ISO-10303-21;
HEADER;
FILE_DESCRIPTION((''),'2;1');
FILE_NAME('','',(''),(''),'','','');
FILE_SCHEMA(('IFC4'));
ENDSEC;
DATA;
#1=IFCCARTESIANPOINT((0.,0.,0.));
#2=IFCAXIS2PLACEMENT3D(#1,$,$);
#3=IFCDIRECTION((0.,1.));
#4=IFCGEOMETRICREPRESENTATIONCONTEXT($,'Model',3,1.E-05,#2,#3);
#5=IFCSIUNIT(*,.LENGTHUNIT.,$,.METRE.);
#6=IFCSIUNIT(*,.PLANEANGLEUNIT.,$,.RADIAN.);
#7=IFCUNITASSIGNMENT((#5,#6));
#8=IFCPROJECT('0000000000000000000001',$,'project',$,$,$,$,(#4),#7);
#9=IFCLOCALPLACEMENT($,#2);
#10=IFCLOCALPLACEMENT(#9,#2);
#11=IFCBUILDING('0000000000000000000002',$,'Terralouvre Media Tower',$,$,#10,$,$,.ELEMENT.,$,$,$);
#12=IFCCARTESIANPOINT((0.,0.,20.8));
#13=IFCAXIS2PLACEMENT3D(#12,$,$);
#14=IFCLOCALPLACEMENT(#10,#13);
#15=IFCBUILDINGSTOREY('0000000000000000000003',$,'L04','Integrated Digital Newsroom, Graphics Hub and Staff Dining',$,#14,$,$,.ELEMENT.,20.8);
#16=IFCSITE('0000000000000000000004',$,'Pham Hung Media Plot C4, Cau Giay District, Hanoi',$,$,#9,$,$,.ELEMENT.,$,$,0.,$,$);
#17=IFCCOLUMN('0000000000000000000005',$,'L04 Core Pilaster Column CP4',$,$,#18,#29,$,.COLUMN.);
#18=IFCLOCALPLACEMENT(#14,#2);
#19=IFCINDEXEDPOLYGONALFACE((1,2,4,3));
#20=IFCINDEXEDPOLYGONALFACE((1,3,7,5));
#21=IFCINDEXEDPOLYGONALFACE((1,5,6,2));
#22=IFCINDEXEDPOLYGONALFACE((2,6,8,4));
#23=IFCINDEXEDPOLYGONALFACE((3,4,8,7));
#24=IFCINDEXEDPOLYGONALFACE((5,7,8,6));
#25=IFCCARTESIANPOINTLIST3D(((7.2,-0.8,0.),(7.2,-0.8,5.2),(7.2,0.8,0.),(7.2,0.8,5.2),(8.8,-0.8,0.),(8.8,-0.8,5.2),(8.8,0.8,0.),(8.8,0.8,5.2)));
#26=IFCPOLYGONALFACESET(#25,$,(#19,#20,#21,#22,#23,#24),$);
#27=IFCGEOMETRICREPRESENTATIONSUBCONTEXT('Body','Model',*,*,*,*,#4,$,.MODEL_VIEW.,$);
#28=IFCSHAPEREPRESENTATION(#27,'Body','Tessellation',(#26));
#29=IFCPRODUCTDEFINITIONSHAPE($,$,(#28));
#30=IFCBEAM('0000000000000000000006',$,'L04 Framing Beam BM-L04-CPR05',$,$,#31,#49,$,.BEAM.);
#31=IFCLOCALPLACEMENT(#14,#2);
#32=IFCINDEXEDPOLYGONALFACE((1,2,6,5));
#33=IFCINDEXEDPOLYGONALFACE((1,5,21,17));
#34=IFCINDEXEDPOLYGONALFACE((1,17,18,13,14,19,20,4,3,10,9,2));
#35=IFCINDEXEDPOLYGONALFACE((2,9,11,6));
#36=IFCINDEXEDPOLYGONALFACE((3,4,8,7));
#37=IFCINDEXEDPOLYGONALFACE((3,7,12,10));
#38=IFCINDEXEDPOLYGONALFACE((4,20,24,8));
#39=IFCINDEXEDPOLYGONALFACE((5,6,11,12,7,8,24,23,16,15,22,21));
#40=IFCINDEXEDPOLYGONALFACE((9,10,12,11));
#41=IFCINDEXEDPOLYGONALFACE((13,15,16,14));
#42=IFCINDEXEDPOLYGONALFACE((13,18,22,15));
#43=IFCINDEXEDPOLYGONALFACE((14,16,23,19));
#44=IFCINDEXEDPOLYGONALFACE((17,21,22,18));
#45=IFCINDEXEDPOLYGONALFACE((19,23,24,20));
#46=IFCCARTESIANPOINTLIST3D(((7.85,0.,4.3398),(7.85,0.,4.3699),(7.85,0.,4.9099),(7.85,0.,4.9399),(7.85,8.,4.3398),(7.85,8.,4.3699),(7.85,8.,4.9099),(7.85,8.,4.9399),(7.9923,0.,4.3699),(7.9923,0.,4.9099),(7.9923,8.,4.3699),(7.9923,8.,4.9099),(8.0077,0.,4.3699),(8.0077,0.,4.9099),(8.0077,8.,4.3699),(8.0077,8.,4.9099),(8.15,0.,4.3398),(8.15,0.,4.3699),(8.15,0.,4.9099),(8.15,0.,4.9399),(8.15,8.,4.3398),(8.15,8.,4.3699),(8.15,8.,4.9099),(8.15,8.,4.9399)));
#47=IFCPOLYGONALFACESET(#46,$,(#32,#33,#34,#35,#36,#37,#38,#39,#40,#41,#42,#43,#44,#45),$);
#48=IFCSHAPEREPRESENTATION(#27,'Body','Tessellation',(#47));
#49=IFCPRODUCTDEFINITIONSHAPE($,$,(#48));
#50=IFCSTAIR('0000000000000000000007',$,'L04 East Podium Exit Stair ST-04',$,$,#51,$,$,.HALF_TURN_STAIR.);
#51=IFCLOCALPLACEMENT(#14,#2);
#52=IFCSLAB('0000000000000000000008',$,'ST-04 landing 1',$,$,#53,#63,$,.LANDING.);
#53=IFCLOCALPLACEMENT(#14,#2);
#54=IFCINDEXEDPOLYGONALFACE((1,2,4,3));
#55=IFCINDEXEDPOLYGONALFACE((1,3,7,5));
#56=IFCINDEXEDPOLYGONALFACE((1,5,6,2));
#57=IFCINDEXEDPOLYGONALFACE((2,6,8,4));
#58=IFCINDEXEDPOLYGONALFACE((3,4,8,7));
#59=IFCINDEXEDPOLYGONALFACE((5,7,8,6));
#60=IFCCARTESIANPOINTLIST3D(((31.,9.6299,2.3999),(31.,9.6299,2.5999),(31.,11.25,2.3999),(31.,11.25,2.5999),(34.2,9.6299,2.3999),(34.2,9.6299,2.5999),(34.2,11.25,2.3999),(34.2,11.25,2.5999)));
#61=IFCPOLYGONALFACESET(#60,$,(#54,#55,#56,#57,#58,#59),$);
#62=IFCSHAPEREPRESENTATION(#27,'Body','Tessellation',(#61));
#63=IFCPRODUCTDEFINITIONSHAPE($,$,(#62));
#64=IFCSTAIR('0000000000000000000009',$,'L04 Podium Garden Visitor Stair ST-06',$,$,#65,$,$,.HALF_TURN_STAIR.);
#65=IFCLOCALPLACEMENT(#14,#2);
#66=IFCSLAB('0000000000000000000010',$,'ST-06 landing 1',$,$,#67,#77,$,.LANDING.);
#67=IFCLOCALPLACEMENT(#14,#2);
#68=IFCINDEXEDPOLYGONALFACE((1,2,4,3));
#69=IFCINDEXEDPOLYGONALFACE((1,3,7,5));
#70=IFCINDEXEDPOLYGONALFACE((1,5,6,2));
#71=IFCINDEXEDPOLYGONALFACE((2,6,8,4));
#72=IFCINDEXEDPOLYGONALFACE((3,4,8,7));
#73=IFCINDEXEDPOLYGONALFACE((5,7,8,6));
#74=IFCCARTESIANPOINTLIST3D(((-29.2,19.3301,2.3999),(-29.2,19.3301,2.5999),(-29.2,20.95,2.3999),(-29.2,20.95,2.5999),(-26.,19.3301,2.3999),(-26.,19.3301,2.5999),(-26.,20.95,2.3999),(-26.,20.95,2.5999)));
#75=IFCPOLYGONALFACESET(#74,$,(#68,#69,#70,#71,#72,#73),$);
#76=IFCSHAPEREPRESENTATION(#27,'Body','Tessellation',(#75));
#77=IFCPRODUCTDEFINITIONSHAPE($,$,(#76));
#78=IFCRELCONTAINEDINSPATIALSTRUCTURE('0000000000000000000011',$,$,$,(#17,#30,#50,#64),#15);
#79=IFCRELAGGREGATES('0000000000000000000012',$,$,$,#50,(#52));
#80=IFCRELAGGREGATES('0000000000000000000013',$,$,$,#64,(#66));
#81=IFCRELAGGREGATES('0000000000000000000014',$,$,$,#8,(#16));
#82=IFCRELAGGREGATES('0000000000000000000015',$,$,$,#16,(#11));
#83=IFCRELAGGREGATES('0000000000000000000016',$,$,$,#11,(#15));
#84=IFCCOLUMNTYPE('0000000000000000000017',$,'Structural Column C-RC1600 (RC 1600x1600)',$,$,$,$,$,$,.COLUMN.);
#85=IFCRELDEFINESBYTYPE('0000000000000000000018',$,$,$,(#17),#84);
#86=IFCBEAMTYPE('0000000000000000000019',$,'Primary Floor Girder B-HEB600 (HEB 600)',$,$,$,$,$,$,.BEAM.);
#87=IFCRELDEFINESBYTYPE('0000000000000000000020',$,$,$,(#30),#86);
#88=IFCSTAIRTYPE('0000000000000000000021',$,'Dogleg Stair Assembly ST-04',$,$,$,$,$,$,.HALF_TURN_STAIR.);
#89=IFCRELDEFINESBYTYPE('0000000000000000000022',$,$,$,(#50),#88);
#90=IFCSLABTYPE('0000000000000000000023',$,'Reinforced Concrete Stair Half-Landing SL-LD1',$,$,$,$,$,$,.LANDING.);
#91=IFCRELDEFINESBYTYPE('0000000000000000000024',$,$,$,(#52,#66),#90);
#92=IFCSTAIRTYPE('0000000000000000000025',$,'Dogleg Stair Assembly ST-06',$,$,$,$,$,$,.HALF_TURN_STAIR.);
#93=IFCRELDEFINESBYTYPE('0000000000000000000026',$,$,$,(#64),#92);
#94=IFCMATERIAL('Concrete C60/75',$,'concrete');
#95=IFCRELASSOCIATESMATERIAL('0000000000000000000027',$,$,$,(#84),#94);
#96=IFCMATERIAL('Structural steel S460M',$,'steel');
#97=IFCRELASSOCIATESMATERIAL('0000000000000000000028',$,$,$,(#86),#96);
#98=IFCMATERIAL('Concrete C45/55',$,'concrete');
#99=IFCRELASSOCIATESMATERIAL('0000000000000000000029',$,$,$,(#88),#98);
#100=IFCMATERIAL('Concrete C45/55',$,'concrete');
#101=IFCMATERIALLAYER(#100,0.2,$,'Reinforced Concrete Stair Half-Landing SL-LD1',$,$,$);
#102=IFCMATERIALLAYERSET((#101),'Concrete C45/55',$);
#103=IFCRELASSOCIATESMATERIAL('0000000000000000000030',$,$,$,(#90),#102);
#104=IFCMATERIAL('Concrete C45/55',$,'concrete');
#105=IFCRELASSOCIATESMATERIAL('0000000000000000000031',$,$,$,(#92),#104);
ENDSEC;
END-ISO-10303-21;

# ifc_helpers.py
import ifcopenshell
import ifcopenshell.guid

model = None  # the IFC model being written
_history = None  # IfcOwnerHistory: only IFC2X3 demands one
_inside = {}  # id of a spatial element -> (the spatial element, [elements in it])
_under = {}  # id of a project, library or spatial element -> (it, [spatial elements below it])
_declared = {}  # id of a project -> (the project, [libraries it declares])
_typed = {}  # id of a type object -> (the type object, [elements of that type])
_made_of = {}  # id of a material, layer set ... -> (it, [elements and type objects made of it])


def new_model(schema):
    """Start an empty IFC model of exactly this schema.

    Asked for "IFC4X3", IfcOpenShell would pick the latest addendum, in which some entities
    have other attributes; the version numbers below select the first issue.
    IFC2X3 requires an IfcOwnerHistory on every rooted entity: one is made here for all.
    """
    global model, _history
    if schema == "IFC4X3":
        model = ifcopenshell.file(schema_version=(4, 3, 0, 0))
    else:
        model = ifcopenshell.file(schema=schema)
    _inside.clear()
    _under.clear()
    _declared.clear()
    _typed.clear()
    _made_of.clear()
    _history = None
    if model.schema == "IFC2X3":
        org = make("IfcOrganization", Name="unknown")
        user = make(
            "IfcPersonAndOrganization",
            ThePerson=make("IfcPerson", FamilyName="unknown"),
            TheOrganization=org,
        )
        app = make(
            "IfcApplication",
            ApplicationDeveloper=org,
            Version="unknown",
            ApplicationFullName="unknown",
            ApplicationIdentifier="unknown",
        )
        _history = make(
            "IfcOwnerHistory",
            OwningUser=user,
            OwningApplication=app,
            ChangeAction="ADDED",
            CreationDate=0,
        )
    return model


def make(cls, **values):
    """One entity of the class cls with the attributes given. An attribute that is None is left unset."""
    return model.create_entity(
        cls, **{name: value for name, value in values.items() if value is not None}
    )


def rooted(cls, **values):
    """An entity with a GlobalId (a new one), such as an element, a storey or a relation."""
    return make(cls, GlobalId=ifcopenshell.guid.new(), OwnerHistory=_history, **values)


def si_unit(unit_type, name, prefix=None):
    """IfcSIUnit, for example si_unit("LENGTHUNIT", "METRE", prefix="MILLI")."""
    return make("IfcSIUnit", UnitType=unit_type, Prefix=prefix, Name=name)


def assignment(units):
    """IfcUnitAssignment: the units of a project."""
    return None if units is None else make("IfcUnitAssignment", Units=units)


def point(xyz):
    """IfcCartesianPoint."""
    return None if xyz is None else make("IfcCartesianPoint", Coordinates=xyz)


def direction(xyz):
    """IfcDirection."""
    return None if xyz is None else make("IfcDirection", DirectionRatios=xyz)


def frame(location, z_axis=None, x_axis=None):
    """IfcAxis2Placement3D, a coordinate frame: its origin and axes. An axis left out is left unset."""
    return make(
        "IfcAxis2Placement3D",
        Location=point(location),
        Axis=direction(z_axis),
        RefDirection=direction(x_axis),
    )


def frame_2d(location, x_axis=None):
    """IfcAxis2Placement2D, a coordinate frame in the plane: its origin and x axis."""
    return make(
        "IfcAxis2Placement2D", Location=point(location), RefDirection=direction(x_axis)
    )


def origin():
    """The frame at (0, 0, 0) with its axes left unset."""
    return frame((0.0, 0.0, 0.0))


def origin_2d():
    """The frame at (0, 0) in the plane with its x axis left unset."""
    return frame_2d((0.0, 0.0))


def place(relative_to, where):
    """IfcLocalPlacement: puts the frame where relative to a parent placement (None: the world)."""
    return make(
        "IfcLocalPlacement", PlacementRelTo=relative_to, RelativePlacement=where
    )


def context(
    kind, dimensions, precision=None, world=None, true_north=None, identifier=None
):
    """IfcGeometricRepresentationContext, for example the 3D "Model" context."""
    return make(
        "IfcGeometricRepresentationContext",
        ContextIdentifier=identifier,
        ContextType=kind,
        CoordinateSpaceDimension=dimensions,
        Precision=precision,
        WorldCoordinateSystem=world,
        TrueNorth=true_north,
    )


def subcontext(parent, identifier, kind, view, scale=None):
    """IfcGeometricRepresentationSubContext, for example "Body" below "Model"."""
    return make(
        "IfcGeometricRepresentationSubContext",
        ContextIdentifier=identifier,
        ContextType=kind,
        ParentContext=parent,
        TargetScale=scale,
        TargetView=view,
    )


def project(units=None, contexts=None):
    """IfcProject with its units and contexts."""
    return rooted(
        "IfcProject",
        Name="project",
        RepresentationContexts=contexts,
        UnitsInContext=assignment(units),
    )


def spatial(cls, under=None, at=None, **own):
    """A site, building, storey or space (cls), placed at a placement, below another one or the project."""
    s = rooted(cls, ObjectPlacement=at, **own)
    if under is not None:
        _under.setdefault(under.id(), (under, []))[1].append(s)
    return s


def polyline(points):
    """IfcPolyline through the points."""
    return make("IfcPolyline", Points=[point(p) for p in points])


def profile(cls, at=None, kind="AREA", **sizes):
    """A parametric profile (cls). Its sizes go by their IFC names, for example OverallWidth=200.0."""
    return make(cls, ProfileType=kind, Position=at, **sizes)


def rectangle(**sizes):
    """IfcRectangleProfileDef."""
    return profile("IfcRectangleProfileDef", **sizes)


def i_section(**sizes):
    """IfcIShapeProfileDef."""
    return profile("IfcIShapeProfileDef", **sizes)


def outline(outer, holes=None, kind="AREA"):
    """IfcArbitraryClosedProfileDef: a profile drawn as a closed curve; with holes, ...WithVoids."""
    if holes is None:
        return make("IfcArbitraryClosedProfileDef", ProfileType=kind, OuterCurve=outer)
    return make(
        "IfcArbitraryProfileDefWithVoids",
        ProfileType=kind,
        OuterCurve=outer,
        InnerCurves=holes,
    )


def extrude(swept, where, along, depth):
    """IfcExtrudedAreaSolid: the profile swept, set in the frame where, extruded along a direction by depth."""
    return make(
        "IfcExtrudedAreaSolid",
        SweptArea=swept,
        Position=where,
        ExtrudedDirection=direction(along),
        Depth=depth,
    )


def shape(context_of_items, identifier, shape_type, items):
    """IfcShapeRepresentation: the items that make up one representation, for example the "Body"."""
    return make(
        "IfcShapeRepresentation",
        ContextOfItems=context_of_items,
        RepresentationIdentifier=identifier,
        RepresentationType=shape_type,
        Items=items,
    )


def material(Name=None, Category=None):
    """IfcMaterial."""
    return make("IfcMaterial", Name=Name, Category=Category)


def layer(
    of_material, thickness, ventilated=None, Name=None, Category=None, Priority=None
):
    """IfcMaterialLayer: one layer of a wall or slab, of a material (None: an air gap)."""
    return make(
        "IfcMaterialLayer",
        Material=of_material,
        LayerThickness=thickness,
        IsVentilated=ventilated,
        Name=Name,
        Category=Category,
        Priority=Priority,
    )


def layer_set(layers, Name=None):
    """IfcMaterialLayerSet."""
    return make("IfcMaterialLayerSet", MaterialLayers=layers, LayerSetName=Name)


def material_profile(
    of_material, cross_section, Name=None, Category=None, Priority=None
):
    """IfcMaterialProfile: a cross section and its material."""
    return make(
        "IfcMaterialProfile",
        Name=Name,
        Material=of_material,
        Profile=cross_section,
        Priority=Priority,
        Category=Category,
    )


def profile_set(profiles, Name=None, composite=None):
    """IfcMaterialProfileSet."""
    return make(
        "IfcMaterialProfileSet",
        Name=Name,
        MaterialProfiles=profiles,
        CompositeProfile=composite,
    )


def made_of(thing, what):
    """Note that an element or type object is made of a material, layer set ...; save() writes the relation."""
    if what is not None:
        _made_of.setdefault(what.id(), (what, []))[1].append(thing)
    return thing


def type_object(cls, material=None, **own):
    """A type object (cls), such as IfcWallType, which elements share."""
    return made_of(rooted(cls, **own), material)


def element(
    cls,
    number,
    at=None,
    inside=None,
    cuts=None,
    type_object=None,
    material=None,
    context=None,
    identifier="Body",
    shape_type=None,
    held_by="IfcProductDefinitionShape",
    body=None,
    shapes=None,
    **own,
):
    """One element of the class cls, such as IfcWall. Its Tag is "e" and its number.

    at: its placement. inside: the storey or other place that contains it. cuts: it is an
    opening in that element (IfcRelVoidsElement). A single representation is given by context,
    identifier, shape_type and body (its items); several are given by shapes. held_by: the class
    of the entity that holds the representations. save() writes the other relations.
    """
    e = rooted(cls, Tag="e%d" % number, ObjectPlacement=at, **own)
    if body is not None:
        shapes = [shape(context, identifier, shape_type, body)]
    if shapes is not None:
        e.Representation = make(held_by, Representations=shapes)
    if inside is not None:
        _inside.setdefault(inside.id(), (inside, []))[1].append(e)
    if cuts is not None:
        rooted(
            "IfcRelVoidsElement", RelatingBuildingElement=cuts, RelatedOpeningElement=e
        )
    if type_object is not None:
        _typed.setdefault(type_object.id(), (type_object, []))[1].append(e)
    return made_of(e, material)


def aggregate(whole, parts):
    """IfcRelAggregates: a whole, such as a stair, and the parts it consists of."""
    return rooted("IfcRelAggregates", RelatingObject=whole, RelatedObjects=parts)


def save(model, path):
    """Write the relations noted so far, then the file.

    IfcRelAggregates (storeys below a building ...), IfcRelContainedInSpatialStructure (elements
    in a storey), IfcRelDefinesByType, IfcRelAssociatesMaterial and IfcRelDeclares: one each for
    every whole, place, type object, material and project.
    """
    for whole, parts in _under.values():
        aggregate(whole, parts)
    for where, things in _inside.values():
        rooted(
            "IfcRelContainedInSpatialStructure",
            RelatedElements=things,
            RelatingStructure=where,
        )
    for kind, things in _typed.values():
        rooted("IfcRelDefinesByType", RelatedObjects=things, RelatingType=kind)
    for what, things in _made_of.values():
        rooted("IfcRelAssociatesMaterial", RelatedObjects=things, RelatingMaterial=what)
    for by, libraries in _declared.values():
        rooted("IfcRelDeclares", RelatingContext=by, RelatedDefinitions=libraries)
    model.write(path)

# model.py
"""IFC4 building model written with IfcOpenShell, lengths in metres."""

from ifc_helpers import new_model, si_unit, direction, frame, origin, origin_2d, place, context, subcontext, project, spatial, polyline, rectangle, i_section, outline, extrude, material, layer, layer_set, material_profile, profile_set, type_object, element, aggregate, save


model = new_model("IFC4")

# Units and contexts
model_context = context("Model", 3, precision=1e-05, world=origin(), true_north=direction((0.0, 1.0)))
body_context = subcontext(model_context, "Body", "Model", "MODEL_VIEW")
ifc_project = project(units=[si_unit("LENGTHUNIT", "METRE"), si_unit("PLANEANGLEUNIT", "RADIAN")], contexts=[model_context])

# Site, building, storey
site_placement = place(None, origin())
site = spatial("IfcSite", under=ifc_project, at=site_placement, Name="Pham Hung Media Plot C4, Cau Giay District, Hanoi", CompositionType="ELEMENT", RefElevation=0.0)
building_placement = place(site_placement, origin())
building = spatial("IfcBuilding", under=site, at=building_placement, Name="Terralouvre Media Tower", CompositionType="ELEMENT")
storey_placement = place(building_placement, frame((0.0, 0.0, 20.8)))
storey = spatial("IfcBuildingStorey", under=building, at=storey_placement, Name="L04", Description="Integrated Digital Newsroom, Graphics Hub and Staff Dining", CompositionType="ELEMENT", Elevation=20.8)

# Column
ifc_material_1 = material(Name="Concrete C60/75", Category="concrete")
ifc_material_profile_1 = material_profile(ifc_material_1, rectangle(XDim=1.6001, YDim=1.6001, at=origin_2d()), Name="RC 1600x1600")
ifc_profile_set_1 = profile_set([ifc_material_profile_1], Name="Concrete C60/75")
column_type = type_object("IfcColumnType", Name="Structural Column C-RC1600 (RC 1600x1600)", PredefinedType="COLUMN", material=ifc_profile_set_1)
column_placement = place(storey_placement, frame((8.0, 0.0, 0.0), z_axis=(0.0, 0.0, 1.0), x_axis=(1.0, 0.0, 0.0)))
element("IfcColumn", 1, at=column_placement, inside=storey, type_object=column_type, Name="L04 Core Pilaster Column CP4", PredefinedType="COLUMN", context=body_context, shape_type="SweptSolid", body=[
    extrude(rectangle(XDim=1.6001, YDim=1.6001, at=origin_2d()), origin(), (0.0, 0.0, 1.0), 5.2),
])

# Beam
ifc_material_2 = material(Name="Structural steel S460M", Category="steel")
ifc_material_profile_2 = material_profile(ifc_material_2, i_section(OverallWidth=0.3, OverallDepth=0.6001, WebThickness=0.0154, FlangeThickness=0.03, at=origin_2d()), Name="HEB 600")
ifc_profile_set_2 = profile_set([ifc_material_profile_2], Name="Structural steel S460M")
beam_type = type_object("IfcBeamType", Name="Primary Floor Girder B-HEB600 (HEB 600)", PredefinedType="BEAM", material=ifc_profile_set_2)
beam_placement = place(storey_placement, frame((8.0, 0.0, 4.6399), z_axis=(0.0, 1.0, 0.0), x_axis=(-1.0, 0.0, 0.0)))
element("IfcBeam", 2, at=beam_placement, inside=storey, type_object=beam_type, Name="L04 Framing Beam BM-L04-CPR05", PredefinedType="BEAM", context=body_context, shape_type="SweptSolid", body=[
    extrude(i_section(OverallWidth=0.3, OverallDepth=0.6001, WebThickness=0.0154, FlangeThickness=0.03, at=origin_2d()), origin(), (0.0, 0.0, 1.0), 8.0),
])

# Stairs, slabs
ifc_material_3 = material(Name="Concrete C45/55", Category="concrete")
stair_type_1 = type_object("IfcStairType", Name="Dogleg Stair Assembly ST-04", PredefinedType="HALF_TURN_STAIR", material=ifc_material_3)
stair_1_placement = place(storey_placement, origin())
stair_1 = element("IfcStair", 3, at=stair_1_placement, inside=storey, type_object=stair_type_1, Name="L04 East Podium Exit Stair ST-04", PredefinedType="HALF_TURN_STAIR")
ifc_material_4 = material(Name="Concrete C45/55", Category="concrete")
ifc_layer_1 = layer(ifc_material_4, 0.2, Name="Reinforced Concrete Stair Half-Landing SL-LD1")
ifc_layer_set_1 = layer_set([ifc_layer_1], Name="Concrete C45/55")
slab_type = type_object("IfcSlabType", Name="Reinforced Concrete Stair Half-Landing SL-LD1", PredefinedType="LANDING", material=ifc_layer_set_1)
slab_1_placement = place(storey_placement, frame((0.0, 0.0, 2.3999)))
slab_1 = element("IfcSlab", 4, at=slab_1_placement, type_object=slab_type, Name="ST-04 landing 1", PredefinedType="LANDING", context=body_context, shape_type="SweptSolid", body=[
    extrude(outline(polyline([(34.2, 9.6299), (34.2, 11.25), (31.0, 11.25), (31.0, 9.6299), (34.2, 9.6299)])), origin(), (0.0, 0.0, 1.0), 0.2),
])
aggregate(stair_1, [slab_1])
ifc_material_5 = material(Name="Concrete C45/55", Category="concrete")
stair_type_2 = type_object("IfcStairType", Name="Dogleg Stair Assembly ST-06", PredefinedType="HALF_TURN_STAIR", material=ifc_material_5)
stair_2_placement = place(storey_placement, origin())
stair_2 = element("IfcStair", 5, at=stair_2_placement, inside=storey, type_object=stair_type_2, Name="L04 Podium Garden Visitor Stair ST-06", PredefinedType="HALF_TURN_STAIR")
slab_2_placement = place(storey_placement, frame((0.0, 0.0, 2.3999)))
slab_2 = element("IfcSlab", 6, at=slab_2_placement, type_object=slab_type, Name="ST-06 landing 1", PredefinedType="LANDING", context=body_context, shape_type="SweptSolid", body=[
    extrude(outline(polyline([(-26.0, 19.3301), (-26.0, 20.95), (-29.2, 20.95), (-29.2, 19.3301), (-26.0, 19.3301)])), origin(), (0.0, 0.0, 1.0), 0.2),
])
aggregate(stair_2, [slab_2])

save(model, "model.ifc")
